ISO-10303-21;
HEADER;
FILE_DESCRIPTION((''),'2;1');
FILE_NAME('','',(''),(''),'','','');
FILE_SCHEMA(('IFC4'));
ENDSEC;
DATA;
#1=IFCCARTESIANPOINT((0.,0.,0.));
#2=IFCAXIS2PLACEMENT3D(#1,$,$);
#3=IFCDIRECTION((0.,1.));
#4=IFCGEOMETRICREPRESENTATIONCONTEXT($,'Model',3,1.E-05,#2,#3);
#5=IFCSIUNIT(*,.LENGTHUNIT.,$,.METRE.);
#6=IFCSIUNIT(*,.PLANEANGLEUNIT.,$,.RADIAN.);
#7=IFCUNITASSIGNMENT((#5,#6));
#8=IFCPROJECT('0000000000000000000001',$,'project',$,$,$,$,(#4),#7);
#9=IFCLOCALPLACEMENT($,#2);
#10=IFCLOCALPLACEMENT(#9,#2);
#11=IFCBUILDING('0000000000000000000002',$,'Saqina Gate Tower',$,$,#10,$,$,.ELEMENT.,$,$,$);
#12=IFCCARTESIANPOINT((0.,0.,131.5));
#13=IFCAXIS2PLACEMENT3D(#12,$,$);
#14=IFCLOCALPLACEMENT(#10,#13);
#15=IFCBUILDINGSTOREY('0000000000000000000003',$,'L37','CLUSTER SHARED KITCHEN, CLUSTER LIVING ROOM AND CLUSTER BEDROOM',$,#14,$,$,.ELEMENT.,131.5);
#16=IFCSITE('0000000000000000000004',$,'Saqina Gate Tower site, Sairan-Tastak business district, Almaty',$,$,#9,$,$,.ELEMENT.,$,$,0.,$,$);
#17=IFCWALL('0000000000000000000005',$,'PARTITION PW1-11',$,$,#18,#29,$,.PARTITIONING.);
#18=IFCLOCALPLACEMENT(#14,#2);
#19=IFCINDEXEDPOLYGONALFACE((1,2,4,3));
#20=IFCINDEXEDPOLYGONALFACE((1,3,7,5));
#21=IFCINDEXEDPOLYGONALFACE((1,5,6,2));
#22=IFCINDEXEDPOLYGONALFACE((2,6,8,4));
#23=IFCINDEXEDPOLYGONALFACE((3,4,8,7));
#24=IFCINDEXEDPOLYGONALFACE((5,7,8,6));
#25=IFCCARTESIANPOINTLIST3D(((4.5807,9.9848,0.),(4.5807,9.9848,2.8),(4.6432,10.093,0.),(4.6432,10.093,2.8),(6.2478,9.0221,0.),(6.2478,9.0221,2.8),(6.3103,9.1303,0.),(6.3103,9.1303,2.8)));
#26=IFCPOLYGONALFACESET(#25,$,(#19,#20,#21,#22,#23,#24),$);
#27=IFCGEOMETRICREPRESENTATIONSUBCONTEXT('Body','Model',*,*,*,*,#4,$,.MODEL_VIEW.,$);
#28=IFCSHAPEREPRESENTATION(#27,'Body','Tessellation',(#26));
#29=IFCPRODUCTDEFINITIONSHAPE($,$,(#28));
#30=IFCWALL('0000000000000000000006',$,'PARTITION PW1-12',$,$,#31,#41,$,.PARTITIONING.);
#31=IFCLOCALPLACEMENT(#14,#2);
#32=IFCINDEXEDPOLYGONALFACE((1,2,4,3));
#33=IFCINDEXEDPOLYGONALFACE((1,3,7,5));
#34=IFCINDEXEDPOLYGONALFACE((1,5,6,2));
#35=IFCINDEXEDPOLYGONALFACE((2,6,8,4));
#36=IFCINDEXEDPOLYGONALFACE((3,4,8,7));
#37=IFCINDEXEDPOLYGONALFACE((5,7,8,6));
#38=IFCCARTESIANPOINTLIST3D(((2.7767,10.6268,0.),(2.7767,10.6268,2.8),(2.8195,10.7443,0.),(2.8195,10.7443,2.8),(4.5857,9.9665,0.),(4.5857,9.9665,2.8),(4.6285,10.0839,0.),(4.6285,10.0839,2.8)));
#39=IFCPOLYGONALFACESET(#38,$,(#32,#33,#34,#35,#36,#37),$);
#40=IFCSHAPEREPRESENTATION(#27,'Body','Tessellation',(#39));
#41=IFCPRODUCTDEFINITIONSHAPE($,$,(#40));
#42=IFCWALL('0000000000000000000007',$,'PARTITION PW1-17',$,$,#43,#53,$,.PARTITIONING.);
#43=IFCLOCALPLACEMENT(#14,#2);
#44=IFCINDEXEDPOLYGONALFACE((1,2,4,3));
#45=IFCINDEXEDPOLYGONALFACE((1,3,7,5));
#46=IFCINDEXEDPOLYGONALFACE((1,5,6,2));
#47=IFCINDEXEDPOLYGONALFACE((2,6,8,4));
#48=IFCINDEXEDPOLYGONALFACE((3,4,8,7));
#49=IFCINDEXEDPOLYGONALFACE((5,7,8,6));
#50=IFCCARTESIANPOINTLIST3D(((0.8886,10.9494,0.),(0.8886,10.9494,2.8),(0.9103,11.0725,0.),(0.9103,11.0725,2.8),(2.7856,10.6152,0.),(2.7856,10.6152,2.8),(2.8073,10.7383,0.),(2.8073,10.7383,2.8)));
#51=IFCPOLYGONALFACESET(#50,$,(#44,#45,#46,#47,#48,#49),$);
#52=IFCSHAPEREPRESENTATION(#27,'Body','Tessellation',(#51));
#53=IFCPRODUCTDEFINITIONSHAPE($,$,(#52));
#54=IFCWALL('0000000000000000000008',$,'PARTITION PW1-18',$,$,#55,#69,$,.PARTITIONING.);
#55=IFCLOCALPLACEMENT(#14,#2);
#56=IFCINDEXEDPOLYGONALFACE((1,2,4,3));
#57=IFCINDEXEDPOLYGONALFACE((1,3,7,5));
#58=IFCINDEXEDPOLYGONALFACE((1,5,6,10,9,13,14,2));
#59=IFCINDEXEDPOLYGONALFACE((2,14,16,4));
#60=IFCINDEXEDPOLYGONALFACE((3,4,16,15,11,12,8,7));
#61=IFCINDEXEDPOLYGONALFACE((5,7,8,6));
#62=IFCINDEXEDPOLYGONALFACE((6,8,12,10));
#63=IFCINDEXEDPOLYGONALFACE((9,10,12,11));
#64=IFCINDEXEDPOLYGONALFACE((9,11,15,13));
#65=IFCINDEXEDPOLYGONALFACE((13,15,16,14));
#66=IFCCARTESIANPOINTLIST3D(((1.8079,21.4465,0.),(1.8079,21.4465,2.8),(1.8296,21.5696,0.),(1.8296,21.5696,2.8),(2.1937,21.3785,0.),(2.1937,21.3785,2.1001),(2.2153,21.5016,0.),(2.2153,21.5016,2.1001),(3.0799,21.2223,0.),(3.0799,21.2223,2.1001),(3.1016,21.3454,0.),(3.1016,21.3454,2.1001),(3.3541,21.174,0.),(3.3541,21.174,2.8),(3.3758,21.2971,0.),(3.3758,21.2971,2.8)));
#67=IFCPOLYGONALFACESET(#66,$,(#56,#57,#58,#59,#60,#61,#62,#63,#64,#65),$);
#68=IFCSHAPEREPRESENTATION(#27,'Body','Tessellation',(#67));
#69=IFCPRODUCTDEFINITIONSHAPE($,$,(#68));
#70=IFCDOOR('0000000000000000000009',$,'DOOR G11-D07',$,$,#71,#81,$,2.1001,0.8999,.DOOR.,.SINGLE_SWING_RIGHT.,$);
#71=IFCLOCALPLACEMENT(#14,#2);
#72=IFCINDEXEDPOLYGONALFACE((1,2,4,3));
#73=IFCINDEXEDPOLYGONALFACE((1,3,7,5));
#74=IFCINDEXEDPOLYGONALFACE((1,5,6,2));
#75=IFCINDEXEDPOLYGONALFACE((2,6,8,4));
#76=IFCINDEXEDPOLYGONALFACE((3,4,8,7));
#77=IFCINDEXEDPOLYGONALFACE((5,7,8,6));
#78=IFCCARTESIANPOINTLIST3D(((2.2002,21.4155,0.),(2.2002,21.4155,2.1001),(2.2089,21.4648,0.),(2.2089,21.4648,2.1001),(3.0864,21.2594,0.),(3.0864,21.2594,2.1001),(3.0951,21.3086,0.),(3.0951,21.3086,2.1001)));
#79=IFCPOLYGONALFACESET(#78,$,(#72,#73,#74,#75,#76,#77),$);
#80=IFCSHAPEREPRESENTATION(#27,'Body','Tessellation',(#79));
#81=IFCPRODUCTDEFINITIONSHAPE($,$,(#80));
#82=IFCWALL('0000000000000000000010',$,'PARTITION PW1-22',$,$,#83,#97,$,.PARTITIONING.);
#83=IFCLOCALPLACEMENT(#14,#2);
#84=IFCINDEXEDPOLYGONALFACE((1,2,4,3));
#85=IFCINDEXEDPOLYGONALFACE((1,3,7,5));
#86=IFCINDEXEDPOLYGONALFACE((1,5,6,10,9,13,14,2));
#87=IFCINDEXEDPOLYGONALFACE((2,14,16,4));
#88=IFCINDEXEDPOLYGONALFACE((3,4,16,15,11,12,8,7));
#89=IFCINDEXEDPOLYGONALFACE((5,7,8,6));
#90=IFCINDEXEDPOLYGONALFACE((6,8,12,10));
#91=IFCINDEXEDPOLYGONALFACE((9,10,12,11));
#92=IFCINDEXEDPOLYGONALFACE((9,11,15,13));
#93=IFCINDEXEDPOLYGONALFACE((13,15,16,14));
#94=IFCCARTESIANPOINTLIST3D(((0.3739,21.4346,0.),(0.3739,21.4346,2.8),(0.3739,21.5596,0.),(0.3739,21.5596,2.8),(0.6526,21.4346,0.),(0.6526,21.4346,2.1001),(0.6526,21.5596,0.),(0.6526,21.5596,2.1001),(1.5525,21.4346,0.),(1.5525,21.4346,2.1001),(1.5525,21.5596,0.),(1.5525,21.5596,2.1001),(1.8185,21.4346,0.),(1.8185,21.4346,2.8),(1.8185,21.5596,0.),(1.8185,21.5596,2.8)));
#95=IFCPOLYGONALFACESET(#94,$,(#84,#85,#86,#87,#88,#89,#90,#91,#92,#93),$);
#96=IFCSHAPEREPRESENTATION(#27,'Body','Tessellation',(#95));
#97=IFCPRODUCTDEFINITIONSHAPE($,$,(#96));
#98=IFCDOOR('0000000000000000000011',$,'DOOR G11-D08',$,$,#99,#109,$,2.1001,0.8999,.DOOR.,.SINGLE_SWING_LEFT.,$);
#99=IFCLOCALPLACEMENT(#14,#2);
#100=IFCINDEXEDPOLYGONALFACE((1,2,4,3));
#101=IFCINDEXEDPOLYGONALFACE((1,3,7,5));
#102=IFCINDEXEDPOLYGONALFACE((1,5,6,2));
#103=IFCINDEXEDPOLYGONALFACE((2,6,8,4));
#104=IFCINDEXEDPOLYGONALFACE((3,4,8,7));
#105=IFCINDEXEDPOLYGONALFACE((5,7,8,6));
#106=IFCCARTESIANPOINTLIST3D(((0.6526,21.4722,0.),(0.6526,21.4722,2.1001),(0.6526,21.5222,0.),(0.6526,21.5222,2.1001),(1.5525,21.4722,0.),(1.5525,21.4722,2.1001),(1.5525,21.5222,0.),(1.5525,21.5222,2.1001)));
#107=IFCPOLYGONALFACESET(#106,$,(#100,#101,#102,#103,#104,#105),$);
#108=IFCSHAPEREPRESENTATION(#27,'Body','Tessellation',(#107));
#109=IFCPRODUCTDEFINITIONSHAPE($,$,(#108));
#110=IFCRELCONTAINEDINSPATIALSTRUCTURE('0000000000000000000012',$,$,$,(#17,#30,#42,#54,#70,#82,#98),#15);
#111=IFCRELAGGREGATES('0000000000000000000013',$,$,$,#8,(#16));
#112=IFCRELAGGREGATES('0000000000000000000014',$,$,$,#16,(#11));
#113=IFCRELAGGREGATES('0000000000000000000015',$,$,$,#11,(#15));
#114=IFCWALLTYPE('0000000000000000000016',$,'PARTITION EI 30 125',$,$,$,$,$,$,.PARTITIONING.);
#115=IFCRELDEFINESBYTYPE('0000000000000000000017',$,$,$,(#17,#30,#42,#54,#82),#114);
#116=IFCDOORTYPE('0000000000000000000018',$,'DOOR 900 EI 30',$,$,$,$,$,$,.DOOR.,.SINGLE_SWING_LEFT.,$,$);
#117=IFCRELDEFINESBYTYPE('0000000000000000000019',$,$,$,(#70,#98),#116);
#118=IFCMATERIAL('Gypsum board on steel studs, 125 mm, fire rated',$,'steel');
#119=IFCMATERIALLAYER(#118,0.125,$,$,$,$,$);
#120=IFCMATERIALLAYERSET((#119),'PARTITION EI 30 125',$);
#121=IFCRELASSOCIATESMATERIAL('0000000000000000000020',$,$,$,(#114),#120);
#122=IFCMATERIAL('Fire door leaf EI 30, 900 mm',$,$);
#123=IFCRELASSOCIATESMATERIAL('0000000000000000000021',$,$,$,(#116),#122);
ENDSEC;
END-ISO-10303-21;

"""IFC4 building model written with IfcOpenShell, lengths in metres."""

from ifc_helpers import new_model, si_unit, direction, frame, frame_2d, origin, place, context, subcontext, project, spatial, rectangle, extrude, material, layer, layer_set, type_object, element, fill, save


model = new_model("IFC4")

# Units and contexts
model_context = context("Model", 3, precision=1e-05, world=origin(), true_north=direction((0.0, 1.0)))
body_context = subcontext(model_context, "Body", "Model", "MODEL_VIEW")
ifc_project = project(units=[si_unit("LENGTHUNIT", "METRE"), si_unit("PLANEANGLEUNIT", "RADIAN")], contexts=[model_context])

# Site, building, storey
site_placement = place(None, origin())
site = spatial("IfcSite", under=ifc_project, at=site_placement, Name="Saqina Gate Tower site, Sairan-Tastak business district, Almaty", CompositionType="ELEMENT", RefElevation=0.0)
building_placement = place(site_placement, origin())
building = spatial("IfcBuilding", under=site, at=building_placement, Name="Saqina Gate Tower", CompositionType="ELEMENT")
storey_placement = place(building_placement, frame((0.0, 0.0, 131.5)))
storey = spatial("IfcBuildingStorey", under=building, at=storey_placement, Name="L37", Description="CLUSTER SHARED KITCHEN, CLUSTER LIVING ROOM AND CLUSTER BEDROOM", CompositionType="ELEMENT", Elevation=131.5)

# Walls
ifc_material_1 = material(Name="Gypsum board on steel studs, 125 mm, fire rated", Category="steel")
ifc_layer_1 = layer(ifc_material_1, 0.125)
ifc_layer_set_1 = layer_set([ifc_layer_1], Name="PARTITION EI 30 125")
wall_type_1 = type_object("IfcWallType", Name="PARTITION EI 30 125", PredefinedType="PARTITIONING", material=ifc_layer_set_1)
wall_1_placement = place(storey_placement, frame((4.6121, 10.0388, 0.0), z_axis=(0.0, 0.0, 1.0), x_axis=(0.865979, -0.500081, 0.0)))
element("IfcWall", 1, at=wall_1_placement, inside=storey, type_object=wall_type_1, Name="PARTITION PW1-11", PredefinedType="PARTITIONING", context=body_context, shape_type="SweptSolid", body=[
    extrude(rectangle(XDim=1.925, YDim=0.125, at=frame_2d((0.9624, 0.0))), origin(), (0.0, 0.0, 1.0), 2.8),
])
wall_2_placement = place(storey_placement, frame((2.7981, 10.6855, 0.0), z_axis=(0.0, 0.0, 1.0), x_axis=(0.939367, -0.342913, 0.0)))
element("IfcWall", 2, at=wall_2_placement, inside=storey, type_object=wall_type_1, Name="PARTITION PW1-12", PredefinedType="PARTITIONING", context=body_context, shape_type="SweptSolid", body=[
    extrude(rectangle(XDim=1.9258, YDim=0.125, at=frame_2d((0.9629, 0.0))), origin(), (0.0, 0.0, 1.0), 2.8),
])
wall_3_placement = place(storey_placement, frame((0.8994, 11.011, 0.0), z_axis=(0.0, 0.0, 1.0), x_axis=(0.984831, -0.173518, 0.0)))
element("IfcWall", 3, at=wall_3_placement, inside=storey, type_object=wall_type_1, Name="PARTITION PW1-17", PredefinedType="PARTITIONING", context=body_context, shape_type="SweptSolid", body=[
    extrude(rectangle(XDim=1.9263, YDim=0.125, at=frame_2d((0.9631, 0.0))), origin(), (0.0, 0.0, 1.0), 2.8),
])

# Walls, openings, doors
wall_4_placement = place(storey_placement, frame((1.8186, 21.5081, 0.0), z_axis=(0.0, 0.0, 1.0), x_axis=(0.984826, -0.173546, 0.0)))
wall_4 = element("IfcWall", 4, at=wall_4_placement, inside=storey, type_object=wall_type_1, Name="PARTITION PW1-18", PredefinedType="PARTITIONING", context=body_context, shape_type="SweptSolid", body=[
    extrude(rectangle(XDim=1.5701, YDim=0.125, at=frame_2d((0.7852, 0.0))), origin(), (0.0, 0.0, 1.0), 2.8),
])
opening_1_placement = place(wall_4_placement, frame((0.3918, 0.0, 0.0)))
opening_1 = element("IfcOpeningElement", 5, at=opening_1_placement, cuts=wall_4, PredefinedType="OPENING", context=body_context, shape_type="SweptSolid", body=[
    extrude(rectangle(XDim=0.8999, YDim=2.1001, at=frame_2d((0.45, 1.05))), frame((0.0, 0.0745, 0.0), z_axis=(0.0, -1.0, 0.0), x_axis=(1.0, 0.0, 0.0)), (0.0, 0.0, 1.0), 0.1489),
])
ifc_material_2 = material(Name="Fire door leaf EI 30, 900 mm")
door_type_1 = type_object("IfcDoorType", Name="DOOR 900 EI 30", OperationType="SINGLE_SWING_LEFT", PredefinedType="DOOR", material=ifc_material_2)
door_1_placement = place(opening_1_placement, frame((0.8999, 0.0, 0.0), z_axis=(0.0, 0.0, 1.0), x_axis=(-1.0, 0.0, 0.0)))
door_1 = element("IfcDoor", 6, at=door_1_placement, inside=storey, type_object=door_type_1, Name="DOOR G11-D07", OperationType="SINGLE_SWING_RIGHT", OverallHeight=2.1001, OverallWidth=0.8999, PredefinedType="DOOR", context=body_context, shape_type="SweptSolid", body=[
    extrude(rectangle(XDim=0.8999, YDim=2.1001, at=frame_2d((0.45, 1.05))), frame((0.0, 0.0249, 0.0), z_axis=(0.0, -1.0, 0.0), x_axis=(1.0, 0.0, 0.0)), (0.0, 0.0, 1.0), 0.05),
])
fill(opening_1, door_1)
wall_5_placement = place(storey_placement, frame((0.374, 21.4971, 0.0), z_axis=(0.0, 0.0, 1.0), x_axis=(1.0, 0.0, 0.0)))
wall_5 = element("IfcWall", 7, at=wall_5_placement, inside=storey, type_object=wall_type_1, Name="PARTITION PW1-22", PredefinedType="PARTITIONING", context=body_context, shape_type="SweptSolid", body=[
    extrude(rectangle(XDim=1.4446, YDim=0.125, at=frame_2d((0.7222, 0.0))), origin(), (0.0, 0.0, 1.0), 2.8),
])
opening_2_placement = place(wall_5_placement, frame((0.2786, 0.0, 0.0)))
opening_2 = element("IfcOpeningElement", 8, at=opening_2_placement, cuts=wall_5, PredefinedType="OPENING", context=body_context, shape_type="SweptSolid", body=[
    extrude(rectangle(XDim=0.8999, YDim=2.1001, at=frame_2d((0.45, 1.05))), frame((0.0, 0.0745, 0.0), z_axis=(0.0, -1.0, 0.0), x_axis=(1.0, 0.0, 0.0)), (0.0, 0.0, 1.0), 0.1489),
])
door_2_placement = place(opening_2_placement, frame((0.8999, 0.0, 0.0), z_axis=(0.0, 0.0, 1.0), x_axis=(-1.0, 0.0, 0.0)))
door_2 = element("IfcDoor", 9, at=door_2_placement, inside=storey, type_object=door_type_1, Name="DOOR G11-D08", OperationType="SINGLE_SWING_LEFT", OverallHeight=2.1001, OverallWidth=0.8999, PredefinedType="DOOR", context=body_context, shape_type="SweptSolid", body=[
    extrude(rectangle(XDim=0.8999, YDim=2.1001, at=frame_2d((0.45, 1.05))), frame((0.0, 0.0249, 0.0), z_axis=(0.0, -1.0, 0.0), x_axis=(1.0, 0.0, 0.0)), (0.0, 0.0, 1.0), 0.05),
])
fill(opening_2, door_2)

save(model, "model.ifc")
